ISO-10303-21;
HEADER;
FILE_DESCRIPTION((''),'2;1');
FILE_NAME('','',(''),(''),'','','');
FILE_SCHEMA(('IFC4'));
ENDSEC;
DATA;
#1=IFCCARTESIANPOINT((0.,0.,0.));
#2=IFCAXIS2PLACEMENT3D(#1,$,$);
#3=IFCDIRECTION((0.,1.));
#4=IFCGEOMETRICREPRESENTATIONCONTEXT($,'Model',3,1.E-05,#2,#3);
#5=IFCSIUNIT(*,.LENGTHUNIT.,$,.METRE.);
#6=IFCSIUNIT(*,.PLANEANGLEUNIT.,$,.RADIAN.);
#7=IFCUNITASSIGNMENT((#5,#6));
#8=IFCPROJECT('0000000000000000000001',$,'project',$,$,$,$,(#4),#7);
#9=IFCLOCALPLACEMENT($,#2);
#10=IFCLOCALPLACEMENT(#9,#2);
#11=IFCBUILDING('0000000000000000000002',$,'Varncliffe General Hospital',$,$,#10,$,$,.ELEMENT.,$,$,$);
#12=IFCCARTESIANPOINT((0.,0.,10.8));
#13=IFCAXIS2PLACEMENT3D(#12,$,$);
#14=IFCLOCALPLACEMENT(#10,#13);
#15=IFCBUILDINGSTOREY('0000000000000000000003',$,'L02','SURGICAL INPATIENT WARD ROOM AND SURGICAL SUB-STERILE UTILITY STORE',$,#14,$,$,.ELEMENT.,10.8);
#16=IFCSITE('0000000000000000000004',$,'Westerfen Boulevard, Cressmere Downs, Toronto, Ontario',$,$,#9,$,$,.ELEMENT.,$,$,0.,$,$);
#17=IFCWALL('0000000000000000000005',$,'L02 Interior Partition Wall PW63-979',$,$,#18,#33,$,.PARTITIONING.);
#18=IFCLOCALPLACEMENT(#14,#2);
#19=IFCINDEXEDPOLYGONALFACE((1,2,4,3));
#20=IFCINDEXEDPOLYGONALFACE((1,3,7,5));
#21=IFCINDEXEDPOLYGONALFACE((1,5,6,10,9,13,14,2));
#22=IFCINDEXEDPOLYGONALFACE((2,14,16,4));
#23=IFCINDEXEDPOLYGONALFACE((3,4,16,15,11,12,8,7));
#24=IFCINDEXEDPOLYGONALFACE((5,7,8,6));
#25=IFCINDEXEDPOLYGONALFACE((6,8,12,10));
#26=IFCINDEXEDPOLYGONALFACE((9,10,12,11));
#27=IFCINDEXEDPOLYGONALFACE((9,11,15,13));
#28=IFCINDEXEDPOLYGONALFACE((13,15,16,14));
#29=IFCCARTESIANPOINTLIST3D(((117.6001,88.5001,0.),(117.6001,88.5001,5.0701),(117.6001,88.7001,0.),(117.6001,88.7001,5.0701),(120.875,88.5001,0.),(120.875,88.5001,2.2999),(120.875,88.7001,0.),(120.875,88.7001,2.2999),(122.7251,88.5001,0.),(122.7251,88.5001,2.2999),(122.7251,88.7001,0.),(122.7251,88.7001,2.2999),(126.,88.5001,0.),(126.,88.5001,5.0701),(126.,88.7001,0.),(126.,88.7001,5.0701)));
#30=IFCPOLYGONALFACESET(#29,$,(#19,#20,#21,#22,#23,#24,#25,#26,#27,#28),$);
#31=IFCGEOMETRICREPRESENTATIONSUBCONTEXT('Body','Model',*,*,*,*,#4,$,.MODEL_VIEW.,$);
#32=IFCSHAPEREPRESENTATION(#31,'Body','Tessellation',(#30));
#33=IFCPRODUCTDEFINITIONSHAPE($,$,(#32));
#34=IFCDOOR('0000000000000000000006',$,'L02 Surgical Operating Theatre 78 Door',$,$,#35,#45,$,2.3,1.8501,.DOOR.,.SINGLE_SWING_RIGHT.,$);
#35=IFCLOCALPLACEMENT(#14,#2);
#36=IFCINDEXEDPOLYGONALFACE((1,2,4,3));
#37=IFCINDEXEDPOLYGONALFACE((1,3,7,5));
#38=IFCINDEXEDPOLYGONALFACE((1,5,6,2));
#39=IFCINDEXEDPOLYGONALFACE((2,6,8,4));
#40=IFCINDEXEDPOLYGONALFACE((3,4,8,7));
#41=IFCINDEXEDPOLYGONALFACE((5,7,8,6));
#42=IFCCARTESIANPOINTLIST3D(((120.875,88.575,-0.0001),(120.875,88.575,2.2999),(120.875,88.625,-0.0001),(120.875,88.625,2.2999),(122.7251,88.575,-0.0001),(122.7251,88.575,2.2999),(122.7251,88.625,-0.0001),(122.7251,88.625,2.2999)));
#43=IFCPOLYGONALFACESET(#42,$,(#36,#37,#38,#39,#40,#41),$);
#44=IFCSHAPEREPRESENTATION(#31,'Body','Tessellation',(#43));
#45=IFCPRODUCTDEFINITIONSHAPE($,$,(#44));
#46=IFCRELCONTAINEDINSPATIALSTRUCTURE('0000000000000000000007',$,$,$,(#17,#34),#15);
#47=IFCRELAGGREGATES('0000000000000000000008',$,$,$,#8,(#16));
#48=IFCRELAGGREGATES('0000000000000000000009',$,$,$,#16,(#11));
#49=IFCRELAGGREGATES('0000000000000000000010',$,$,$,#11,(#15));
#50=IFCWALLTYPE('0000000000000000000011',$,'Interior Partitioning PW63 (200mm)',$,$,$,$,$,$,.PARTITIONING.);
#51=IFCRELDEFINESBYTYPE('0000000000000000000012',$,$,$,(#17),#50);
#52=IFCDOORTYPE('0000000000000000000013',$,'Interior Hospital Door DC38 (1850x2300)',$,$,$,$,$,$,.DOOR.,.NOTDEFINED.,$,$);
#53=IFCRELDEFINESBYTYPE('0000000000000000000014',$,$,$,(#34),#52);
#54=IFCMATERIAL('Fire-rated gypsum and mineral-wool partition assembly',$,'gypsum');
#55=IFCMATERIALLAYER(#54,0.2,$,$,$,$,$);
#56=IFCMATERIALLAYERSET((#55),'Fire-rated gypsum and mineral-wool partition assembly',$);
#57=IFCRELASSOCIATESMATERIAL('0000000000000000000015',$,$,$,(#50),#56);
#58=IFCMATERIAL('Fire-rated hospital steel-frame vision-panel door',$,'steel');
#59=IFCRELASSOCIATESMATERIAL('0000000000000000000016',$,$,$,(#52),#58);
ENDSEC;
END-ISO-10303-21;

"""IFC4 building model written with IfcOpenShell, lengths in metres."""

from ifc_helpers import new_model, si_unit, direction, frame, frame_2d, origin, place, context, subcontext, project, spatial, rectangle, extrude, material, layer, layer_set, type_object, element, fill, save


model = new_model("IFC4")

# Units and contexts
model_context = context("Model", 3, precision=1e-05, world=origin(), true_north=direction((0.0, 1.0)))
body_context = subcontext(model_context, "Body", "Model", "MODEL_VIEW")
ifc_project = project(units=[si_unit("LENGTHUNIT", "METRE"), si_unit("PLANEANGLEUNIT", "RADIAN")], contexts=[model_context])

# Site, building, storey
site_placement = place(None, origin())
site = spatial("IfcSite", under=ifc_project, at=site_placement, Name="Westerfen Boulevard, Cressmere Downs, Toronto, Ontario", CompositionType="ELEMENT", RefElevation=0.0)
building_placement = place(site_placement, origin())
building = spatial("IfcBuilding", under=site, at=building_placement, Name="Varncliffe General Hospital", CompositionType="ELEMENT")
storey_placement = place(building_placement, frame((0.0, 0.0, 10.8)))
storey = spatial("IfcBuildingStorey", under=building, at=storey_placement, Name="L02", Description="SURGICAL INPATIENT WARD ROOM AND SURGICAL SUB-STERILE UTILITY STORE", CompositionType="ELEMENT", Elevation=10.8)

# Wall, opening, door
ifc_material_1 = material(Name="Fire-rated gypsum and mineral-wool partition assembly", Category="gypsum")
ifc_layer_1 = layer(ifc_material_1, 0.2)
ifc_layer_set_1 = layer_set([ifc_layer_1], Name="Fire-rated gypsum and mineral-wool partition assembly")
wall_type_1 = type_object("IfcWallType", Name="Interior Partitioning PW63 (200mm)", PredefinedType="PARTITIONING", material=ifc_layer_set_1)
ifc_material_2 = material(Name="Fire-rated hospital steel-frame vision-panel door", Category="steel")
wall_1_placement = place(storey_placement, frame((117.6001, 88.6001, 0.0), z_axis=(0.0, 0.0, 1.0), x_axis=(1.0, 0.0, 0.0)))
wall_1 = element("IfcWall", 1, at=wall_1_placement, inside=storey, type_object=wall_type_1, Name="L02 Interior Partition Wall PW63-979", PredefinedType="PARTITIONING", context=body_context, shape_type="SweptSolid", body=[
    extrude(rectangle(XDim=8.3999, YDim=0.2, at=frame_2d((4.2, 0.0))), origin(), (0.0, 0.0, 1.0), 5.0701),
])
opening_1_placement = place(wall_1_placement, frame((3.2749, 0.0, 0.0)))
opening_1 = element("IfcOpeningElement", 2, at=opening_1_placement, cuts=wall_1, PredefinedType="OPENING", context=body_context, shape_type="SweptSolid", body=[
    extrude(rectangle(XDim=1.8501, YDim=2.3, at=frame_2d((0.925, 1.1499))), frame((0.0, 0.1099, 0.0), z_axis=(0.0, -1.0, 0.0), x_axis=(1.0, 0.0, 0.0)), (0.0, 0.0, 1.0), 0.22),
])
door_type_1 = type_object("IfcDoorType", Name="Interior Hospital Door DC38 (1850x2300)", OperationType="NOTDEFINED", PredefinedType="DOOR", material=ifc_material_2)
door_1_placement = place(opening_1_placement, origin())
door_1 = element("IfcDoor", 3, at=door_1_placement, inside=storey, type_object=door_type_1, Name="L02 Surgical Operating Theatre 78 Door", OperationType="SINGLE_SWING_RIGHT", OverallHeight=2.3, OverallWidth=1.8501, PredefinedType="DOOR", context=body_context, shape_type="SweptSolid", body=[
    extrude(rectangle(XDim=1.8501, YDim=2.3, at=frame_2d((0.925, 1.1499))), frame((0.0, 0.0249, 0.0), z_axis=(0.0, -1.0, 0.0), x_axis=(1.0, 0.0, 0.0)), (0.0, 0.0, 1.0), 0.05),
])
fill(opening_1, door_1)

save(model, "model.ifc")
